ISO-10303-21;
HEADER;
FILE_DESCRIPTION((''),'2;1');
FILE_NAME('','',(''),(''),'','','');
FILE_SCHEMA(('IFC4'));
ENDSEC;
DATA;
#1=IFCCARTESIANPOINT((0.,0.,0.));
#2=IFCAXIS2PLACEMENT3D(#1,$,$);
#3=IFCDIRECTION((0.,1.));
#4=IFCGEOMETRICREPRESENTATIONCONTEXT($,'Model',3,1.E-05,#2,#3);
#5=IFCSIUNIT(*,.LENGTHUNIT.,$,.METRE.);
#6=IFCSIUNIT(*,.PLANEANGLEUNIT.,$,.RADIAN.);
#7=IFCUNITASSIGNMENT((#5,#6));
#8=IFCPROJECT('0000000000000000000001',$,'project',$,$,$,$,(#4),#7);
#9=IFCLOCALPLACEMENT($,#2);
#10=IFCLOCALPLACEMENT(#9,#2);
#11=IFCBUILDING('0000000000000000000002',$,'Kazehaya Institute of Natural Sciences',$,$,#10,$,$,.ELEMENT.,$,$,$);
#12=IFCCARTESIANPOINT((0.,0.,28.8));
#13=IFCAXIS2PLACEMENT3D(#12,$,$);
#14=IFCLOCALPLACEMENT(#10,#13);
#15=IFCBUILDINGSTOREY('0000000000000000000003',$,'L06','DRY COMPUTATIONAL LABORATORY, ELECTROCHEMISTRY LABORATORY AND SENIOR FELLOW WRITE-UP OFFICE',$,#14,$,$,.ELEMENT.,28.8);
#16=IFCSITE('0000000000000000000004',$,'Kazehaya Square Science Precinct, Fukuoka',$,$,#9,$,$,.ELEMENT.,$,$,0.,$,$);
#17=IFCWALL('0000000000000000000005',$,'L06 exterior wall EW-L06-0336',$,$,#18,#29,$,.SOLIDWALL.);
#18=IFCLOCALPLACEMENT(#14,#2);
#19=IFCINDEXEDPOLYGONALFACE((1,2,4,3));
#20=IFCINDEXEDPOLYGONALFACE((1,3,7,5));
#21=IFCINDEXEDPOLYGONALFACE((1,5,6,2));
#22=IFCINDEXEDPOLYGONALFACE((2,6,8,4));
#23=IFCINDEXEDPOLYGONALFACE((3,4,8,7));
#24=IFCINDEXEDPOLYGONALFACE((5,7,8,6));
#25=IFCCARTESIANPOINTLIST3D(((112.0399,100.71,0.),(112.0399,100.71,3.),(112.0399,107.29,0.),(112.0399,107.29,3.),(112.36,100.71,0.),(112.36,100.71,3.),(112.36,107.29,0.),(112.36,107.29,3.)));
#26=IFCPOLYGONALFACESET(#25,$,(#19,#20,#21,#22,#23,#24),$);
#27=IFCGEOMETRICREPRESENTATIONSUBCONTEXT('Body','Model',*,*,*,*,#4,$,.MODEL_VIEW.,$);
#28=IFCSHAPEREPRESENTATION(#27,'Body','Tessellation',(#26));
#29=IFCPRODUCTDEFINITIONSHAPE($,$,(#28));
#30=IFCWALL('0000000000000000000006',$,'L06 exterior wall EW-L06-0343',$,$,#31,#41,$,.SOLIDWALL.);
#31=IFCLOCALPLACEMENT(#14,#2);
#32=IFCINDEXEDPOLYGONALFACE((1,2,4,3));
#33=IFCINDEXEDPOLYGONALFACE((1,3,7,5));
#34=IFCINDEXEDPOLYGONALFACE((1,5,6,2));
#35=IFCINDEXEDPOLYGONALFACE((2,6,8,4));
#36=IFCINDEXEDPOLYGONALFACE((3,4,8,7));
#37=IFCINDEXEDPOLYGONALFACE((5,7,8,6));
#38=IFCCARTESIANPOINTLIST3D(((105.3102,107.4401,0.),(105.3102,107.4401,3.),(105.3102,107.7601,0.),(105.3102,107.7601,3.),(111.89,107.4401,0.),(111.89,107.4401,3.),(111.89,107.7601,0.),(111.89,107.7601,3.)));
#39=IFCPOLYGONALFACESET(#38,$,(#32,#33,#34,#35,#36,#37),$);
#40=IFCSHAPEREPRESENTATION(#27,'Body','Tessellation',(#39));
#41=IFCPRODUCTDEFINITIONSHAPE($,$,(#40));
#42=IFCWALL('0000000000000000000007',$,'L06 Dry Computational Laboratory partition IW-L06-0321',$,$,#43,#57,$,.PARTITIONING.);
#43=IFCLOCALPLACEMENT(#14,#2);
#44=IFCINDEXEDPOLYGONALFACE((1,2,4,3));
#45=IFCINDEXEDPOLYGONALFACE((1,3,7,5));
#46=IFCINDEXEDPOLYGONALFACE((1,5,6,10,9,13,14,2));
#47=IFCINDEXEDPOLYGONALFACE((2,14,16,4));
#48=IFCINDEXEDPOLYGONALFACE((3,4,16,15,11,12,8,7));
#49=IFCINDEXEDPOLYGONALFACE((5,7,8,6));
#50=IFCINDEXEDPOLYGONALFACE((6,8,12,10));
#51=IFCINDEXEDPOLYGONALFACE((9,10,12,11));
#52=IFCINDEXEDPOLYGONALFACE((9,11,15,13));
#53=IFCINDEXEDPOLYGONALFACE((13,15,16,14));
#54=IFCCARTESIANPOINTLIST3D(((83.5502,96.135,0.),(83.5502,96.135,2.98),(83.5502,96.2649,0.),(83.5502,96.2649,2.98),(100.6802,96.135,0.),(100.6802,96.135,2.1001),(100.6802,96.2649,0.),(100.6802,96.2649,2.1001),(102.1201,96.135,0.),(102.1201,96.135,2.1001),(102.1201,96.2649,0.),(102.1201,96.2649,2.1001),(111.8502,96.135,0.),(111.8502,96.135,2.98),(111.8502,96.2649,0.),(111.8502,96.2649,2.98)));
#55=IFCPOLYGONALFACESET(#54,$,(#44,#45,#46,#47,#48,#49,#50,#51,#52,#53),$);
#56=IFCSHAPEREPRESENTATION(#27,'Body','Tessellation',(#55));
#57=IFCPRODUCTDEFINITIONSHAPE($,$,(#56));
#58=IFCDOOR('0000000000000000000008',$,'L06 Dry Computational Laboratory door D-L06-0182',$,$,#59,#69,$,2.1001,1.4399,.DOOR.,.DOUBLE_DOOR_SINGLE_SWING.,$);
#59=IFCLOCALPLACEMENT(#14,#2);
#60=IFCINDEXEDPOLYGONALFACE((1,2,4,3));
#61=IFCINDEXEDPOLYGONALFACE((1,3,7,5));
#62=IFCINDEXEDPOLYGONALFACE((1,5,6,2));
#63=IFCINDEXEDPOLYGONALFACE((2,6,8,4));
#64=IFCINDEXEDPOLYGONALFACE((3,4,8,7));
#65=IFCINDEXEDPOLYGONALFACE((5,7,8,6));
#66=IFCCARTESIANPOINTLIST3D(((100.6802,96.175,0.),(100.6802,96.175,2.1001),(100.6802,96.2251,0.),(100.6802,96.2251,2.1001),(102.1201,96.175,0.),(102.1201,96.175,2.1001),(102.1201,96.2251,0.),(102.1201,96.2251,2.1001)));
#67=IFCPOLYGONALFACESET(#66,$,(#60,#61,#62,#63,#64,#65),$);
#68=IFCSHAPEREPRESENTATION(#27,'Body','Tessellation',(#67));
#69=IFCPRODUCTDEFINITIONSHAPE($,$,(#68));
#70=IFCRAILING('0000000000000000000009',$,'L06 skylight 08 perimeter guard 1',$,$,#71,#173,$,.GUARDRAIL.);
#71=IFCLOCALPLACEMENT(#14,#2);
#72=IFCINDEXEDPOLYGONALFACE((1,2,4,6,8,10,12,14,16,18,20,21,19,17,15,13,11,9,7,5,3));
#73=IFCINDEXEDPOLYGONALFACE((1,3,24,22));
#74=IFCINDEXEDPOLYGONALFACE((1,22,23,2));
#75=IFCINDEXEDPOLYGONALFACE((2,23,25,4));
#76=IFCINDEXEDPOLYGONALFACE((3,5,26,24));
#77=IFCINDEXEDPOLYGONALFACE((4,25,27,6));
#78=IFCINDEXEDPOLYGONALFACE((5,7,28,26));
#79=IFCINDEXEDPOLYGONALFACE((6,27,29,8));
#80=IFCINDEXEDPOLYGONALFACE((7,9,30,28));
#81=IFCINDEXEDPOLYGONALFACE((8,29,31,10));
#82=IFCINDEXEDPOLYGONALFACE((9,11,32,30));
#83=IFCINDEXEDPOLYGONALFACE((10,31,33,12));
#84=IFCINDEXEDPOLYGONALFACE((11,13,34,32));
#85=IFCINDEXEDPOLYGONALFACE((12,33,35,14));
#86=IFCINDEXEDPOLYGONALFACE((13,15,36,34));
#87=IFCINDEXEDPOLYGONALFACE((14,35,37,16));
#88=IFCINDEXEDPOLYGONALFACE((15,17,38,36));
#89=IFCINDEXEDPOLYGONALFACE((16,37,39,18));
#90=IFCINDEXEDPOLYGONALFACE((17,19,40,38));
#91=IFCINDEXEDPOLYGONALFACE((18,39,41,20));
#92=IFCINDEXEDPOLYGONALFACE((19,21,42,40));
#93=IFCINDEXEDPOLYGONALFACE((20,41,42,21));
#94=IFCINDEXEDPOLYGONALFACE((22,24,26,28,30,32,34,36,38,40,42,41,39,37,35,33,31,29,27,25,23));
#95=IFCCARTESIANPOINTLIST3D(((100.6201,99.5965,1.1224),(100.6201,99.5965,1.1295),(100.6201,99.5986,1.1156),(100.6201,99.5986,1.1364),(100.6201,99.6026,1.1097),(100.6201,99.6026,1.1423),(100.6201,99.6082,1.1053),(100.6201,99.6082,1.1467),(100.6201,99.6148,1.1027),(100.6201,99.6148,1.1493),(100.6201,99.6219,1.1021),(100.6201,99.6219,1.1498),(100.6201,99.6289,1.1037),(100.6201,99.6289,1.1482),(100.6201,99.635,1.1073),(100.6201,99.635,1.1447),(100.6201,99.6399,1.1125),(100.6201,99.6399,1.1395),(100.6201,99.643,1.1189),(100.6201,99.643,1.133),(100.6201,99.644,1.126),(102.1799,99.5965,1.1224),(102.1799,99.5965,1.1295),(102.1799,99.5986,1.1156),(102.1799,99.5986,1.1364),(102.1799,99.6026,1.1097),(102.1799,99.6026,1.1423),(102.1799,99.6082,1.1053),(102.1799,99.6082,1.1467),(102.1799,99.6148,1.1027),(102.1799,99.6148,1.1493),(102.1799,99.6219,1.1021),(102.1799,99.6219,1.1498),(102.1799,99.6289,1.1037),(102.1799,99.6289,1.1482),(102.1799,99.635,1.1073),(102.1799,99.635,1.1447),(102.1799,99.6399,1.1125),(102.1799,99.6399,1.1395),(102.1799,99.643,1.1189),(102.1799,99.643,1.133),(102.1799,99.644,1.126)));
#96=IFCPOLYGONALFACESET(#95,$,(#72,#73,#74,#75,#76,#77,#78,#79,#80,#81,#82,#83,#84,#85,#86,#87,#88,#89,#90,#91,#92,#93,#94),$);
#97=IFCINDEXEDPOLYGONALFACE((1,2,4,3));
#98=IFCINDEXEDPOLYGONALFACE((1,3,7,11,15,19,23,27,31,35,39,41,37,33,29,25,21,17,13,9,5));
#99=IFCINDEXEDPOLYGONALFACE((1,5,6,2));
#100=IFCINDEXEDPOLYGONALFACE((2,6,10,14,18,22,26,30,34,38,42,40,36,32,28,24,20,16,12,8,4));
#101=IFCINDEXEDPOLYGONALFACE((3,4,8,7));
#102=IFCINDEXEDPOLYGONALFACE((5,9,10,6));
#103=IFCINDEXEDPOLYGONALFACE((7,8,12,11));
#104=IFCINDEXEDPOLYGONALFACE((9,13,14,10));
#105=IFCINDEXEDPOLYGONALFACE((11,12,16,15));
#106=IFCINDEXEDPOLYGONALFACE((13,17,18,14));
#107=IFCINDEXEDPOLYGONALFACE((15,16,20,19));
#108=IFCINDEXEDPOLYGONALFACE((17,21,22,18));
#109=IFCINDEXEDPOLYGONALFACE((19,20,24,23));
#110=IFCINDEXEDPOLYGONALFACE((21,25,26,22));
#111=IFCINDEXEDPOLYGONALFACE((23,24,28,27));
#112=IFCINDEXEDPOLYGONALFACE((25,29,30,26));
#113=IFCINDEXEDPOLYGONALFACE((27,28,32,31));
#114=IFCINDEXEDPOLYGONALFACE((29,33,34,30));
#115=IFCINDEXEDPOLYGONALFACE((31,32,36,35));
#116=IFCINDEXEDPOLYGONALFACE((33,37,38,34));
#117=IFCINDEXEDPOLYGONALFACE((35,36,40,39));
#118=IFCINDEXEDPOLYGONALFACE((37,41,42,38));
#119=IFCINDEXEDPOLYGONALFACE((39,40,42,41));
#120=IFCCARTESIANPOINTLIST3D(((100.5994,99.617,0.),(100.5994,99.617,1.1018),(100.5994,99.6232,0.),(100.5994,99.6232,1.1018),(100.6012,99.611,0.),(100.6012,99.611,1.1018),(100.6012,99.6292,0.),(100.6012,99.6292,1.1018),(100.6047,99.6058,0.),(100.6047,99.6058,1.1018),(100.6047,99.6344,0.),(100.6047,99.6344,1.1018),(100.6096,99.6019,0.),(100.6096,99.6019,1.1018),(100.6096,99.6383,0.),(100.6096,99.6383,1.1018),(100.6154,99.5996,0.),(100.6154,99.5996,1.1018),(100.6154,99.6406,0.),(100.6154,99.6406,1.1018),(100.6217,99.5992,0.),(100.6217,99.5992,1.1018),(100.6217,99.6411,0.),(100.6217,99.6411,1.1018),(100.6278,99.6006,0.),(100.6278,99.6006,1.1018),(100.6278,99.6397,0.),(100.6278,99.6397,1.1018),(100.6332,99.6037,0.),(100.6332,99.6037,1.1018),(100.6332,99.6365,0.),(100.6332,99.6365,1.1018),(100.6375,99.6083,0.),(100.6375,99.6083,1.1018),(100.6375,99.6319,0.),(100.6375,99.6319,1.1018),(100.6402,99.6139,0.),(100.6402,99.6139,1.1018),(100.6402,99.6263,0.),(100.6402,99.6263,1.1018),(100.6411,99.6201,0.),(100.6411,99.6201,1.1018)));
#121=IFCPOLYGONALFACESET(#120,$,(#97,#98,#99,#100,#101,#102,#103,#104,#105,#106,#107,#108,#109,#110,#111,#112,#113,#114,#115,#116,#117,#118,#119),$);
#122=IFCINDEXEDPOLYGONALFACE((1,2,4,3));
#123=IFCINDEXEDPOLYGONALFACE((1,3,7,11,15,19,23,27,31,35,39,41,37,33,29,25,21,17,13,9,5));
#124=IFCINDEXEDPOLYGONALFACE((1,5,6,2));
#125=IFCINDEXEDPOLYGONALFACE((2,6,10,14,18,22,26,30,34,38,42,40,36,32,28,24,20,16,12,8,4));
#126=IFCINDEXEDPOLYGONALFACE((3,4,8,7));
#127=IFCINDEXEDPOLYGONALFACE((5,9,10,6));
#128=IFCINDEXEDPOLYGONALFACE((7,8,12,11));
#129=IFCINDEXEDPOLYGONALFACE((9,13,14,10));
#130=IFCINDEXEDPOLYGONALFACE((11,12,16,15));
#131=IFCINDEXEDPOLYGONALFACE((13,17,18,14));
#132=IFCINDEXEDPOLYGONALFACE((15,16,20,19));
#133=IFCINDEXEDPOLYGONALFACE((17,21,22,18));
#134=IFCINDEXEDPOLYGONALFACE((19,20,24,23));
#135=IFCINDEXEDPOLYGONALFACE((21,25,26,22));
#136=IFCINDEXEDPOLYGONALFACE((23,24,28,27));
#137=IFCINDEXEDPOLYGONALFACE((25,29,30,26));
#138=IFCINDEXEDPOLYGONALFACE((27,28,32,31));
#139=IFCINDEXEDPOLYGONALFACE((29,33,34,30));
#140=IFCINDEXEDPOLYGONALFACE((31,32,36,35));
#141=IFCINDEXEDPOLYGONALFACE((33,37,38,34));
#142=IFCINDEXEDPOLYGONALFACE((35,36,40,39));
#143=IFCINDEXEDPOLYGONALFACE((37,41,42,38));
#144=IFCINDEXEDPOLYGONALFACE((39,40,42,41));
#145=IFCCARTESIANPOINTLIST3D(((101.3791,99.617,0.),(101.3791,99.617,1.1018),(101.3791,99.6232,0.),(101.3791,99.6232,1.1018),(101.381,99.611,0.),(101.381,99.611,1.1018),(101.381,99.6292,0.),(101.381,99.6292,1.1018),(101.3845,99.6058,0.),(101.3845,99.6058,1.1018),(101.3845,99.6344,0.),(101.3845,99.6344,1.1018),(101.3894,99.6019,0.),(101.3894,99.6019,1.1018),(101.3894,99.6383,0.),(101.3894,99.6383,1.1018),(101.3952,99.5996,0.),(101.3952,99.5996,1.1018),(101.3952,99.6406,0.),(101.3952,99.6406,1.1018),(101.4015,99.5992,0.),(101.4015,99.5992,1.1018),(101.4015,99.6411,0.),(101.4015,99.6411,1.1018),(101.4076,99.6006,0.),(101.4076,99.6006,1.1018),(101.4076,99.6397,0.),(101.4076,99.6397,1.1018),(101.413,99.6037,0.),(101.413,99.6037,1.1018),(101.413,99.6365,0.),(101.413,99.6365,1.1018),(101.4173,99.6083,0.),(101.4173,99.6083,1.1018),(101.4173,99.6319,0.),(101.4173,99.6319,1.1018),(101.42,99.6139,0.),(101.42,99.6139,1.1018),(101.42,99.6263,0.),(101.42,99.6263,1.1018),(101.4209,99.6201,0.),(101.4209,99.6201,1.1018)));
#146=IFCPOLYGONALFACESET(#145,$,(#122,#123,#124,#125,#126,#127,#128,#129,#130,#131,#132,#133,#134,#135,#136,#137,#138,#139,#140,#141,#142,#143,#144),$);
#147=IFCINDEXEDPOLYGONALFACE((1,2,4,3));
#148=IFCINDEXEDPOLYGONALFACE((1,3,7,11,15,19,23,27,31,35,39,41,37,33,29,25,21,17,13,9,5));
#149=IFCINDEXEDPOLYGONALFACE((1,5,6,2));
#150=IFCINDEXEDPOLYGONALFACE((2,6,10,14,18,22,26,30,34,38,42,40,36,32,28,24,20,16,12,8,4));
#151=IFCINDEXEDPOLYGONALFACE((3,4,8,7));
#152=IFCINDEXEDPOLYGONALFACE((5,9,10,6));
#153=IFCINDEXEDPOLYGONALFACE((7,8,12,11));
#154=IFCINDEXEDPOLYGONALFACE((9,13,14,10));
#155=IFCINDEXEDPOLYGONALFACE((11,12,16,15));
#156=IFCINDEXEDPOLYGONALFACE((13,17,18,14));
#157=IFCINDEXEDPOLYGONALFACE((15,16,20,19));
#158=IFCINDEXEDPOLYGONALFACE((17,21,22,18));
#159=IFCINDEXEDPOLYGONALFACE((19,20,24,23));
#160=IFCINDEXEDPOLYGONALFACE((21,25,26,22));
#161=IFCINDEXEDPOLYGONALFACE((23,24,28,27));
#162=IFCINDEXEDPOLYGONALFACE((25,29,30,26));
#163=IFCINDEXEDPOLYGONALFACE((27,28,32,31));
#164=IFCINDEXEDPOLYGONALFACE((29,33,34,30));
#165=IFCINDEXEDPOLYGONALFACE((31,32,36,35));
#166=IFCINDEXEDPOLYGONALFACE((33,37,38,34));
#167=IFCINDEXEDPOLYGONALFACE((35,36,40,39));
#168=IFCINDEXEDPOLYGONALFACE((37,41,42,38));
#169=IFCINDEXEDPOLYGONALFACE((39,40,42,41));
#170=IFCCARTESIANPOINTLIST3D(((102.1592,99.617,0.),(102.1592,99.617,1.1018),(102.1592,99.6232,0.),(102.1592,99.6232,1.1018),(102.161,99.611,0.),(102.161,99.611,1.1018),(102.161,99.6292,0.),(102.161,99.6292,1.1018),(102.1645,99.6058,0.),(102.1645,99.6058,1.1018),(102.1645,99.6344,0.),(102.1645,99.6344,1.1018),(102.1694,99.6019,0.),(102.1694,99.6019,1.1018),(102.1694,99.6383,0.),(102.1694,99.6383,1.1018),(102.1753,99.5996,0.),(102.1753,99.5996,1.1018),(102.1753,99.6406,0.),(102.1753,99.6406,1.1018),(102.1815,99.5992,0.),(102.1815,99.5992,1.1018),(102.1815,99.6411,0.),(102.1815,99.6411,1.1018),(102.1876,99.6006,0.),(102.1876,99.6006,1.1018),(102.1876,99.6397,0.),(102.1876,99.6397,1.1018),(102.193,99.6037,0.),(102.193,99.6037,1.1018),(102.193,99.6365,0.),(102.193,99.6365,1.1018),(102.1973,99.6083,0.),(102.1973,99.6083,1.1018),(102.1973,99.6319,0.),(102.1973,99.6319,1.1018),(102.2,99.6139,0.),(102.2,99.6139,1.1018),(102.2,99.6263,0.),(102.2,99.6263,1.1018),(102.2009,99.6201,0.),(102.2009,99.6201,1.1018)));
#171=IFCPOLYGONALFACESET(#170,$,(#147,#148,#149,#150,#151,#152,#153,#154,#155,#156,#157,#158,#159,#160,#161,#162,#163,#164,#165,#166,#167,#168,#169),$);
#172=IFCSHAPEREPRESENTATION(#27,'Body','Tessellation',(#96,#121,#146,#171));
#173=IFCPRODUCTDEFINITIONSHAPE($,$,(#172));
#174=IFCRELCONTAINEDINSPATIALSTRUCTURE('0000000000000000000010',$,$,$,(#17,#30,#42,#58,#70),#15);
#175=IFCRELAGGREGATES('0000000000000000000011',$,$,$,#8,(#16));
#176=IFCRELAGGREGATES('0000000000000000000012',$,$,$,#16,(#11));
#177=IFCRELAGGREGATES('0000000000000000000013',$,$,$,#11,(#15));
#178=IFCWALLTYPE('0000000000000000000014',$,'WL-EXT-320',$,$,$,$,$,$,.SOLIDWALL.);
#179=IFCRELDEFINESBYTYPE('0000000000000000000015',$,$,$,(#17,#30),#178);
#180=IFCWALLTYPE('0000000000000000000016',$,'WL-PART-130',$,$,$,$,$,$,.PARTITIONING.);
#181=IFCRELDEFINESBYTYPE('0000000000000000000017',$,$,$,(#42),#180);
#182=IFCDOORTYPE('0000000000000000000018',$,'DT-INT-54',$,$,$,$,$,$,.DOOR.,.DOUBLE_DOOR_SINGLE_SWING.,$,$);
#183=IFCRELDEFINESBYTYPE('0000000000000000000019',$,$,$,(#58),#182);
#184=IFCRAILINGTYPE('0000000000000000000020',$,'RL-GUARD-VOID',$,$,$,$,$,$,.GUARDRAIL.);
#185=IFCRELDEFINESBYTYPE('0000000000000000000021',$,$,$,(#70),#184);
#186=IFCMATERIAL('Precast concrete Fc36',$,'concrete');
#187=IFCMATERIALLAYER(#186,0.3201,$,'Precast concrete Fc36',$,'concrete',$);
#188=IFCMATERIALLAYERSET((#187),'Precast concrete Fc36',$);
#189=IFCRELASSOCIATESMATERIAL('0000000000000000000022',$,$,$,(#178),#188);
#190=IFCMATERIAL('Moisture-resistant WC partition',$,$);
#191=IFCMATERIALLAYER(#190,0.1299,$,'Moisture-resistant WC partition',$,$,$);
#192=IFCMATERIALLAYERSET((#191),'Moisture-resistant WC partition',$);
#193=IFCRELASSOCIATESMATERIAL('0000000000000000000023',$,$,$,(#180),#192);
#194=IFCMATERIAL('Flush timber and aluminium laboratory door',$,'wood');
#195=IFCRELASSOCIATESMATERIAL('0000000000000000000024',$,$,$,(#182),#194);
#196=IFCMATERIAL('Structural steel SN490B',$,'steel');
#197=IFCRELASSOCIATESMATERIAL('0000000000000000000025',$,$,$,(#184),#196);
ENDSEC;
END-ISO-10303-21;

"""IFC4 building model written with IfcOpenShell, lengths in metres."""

from ifc_helpers import new_model, si_unit, direction, frame, frame_2d, origin, origin_2d, place, context, subcontext, project, spatial, rectangle, circle, extrude, material, layer, layer_set, type_object, element, fill, save


model = new_model("IFC4")

# Units and contexts
model_context = context("Model", 3, precision=1e-05, world=origin(), true_north=direction((0.0, 1.0)))
body_context = subcontext(model_context, "Body", "Model", "MODEL_VIEW")
ifc_project = project(units=[si_unit("LENGTHUNIT", "METRE"), si_unit("PLANEANGLEUNIT", "RADIAN")], contexts=[model_context])

# Site, building, storey
site_placement = place(None, origin())
site = spatial("IfcSite", under=ifc_project, at=site_placement, Name="Kazehaya Square Science Precinct, Fukuoka", CompositionType="ELEMENT", RefElevation=0.0)
building_placement = place(site_placement, origin())
building = spatial("IfcBuilding", under=site, at=building_placement, Name="Kazehaya Institute of Natural Sciences", CompositionType="ELEMENT")
storey_placement = place(building_placement, frame((0.0, 0.0, 28.8)))
storey = spatial("IfcBuildingStorey", under=building, at=storey_placement, Name="L06", Description="DRY COMPUTATIONAL LABORATORY, ELECTROCHEMISTRY LABORATORY AND SENIOR FELLOW WRITE-UP OFFICE", CompositionType="ELEMENT", Elevation=28.8)

# Walls
ifc_material_1 = material(Name="Precast concrete Fc36", Category="concrete")
ifc_layer_1 = layer(ifc_material_1, 0.3201, Name="Precast concrete Fc36", Category="concrete")
ifc_layer_set_1 = layer_set([ifc_layer_1], Name="Precast concrete Fc36")
wall_type_1 = type_object("IfcWallType", Name="WL-EXT-320", PredefinedType="SOLIDWALL", material=ifc_layer_set_1)
for number, where, z_axis, x_axis, name in (
    (1, (112.2, 107.29, 0.0), (0.0, 0.0, 1.0), (0.0, -1.0, 0.0), "L06 exterior wall EW-L06-0336"),
):
    element("IfcWall", number, at=place(storey_placement, frame(where, z_axis=z_axis, x_axis=x_axis)), inside=storey, type_object=wall_type_1, Name=name, PredefinedType="SOLIDWALL", context=body_context, shape_type="SweptSolid", body=[
        extrude(rectangle(XDim=6.5801, YDim=0.3201, at=frame_2d((3.29, 0.0))), origin(), (0.0, 0.0, 1.0), 3.0),
    ])
wall_1_placement = place(storey_placement, frame((105.3101, 107.6001, 0.0), z_axis=(0.0, 0.0, 1.0), x_axis=(1.0, 0.0, 0.0)))
element("IfcWall", 2, at=wall_1_placement, inside=storey, type_object=wall_type_1, Name="L06 exterior wall EW-L06-0343", PredefinedType="SOLIDWALL", context=body_context, shape_type="SweptSolid", body=[
    extrude(rectangle(XDim=6.5798, YDim=0.3201, at=frame_2d((3.29, 0.0))), origin(), (0.0, 0.0, 1.0), 3.0),
])

# Wall, opening, door
ifc_material_2 = material(Name="Moisture-resistant WC partition")
ifc_layer_2 = layer(ifc_material_2, 0.1299, Name="Moisture-resistant WC partition")
ifc_layer_set_2 = layer_set([ifc_layer_2], Name="Moisture-resistant WC partition")
wall_type_2 = type_object("IfcWallType", Name="WL-PART-130", PredefinedType="PARTITIONING", material=ifc_layer_set_2)
wall_2_placement = place(storey_placement, frame((111.8501, 96.2, 0.0), z_axis=(0.0, 0.0, 1.0), x_axis=(-1.0, 0.0, 0.0)))
wall_2 = element("IfcWall", 3, at=wall_2_placement, inside=storey, type_object=wall_type_2, Name="L06 Dry Computational Laboratory partition IW-L06-0321", PredefinedType="PARTITIONING", context=body_context, shape_type="SweptSolid", body=[
    extrude(rectangle(XDim=28.3, YDim=0.1299, at=frame_2d((14.1499, 0.0))), origin(), (0.0, 0.0, 1.0), 2.98),
])
opening_placement = place(wall_2_placement, frame((9.73, 0.0, 0.0)))
opening = element("IfcOpeningElement", 4, at=opening_placement, cuts=wall_2, PredefinedType="OPENING", context=body_context, shape_type="SweptSolid", body=[
    extrude(rectangle(XDim=1.4399, YDim=2.1001, at=frame_2d((0.72, 1.05))), frame((0.0, 0.075, 0.0), z_axis=(0.0, -1.0, 0.0), x_axis=(1.0, 0.0, 0.0)), (0.0, 0.0, 1.0), 0.1499),
])
ifc_material_3 = material(Name="Flush timber and aluminium laboratory door", Category="wood")
door_type = type_object("IfcDoorType", Name="DT-INT-54", OperationType="DOUBLE_DOOR_SINGLE_SWING", PredefinedType="DOOR", material=ifc_material_3)
door_placement = place(opening_placement, origin())
door = element("IfcDoor", 5, at=door_placement, inside=storey, type_object=door_type, Name="L06 Dry Computational Laboratory door D-L06-0182", OperationType="DOUBLE_DOOR_SINGLE_SWING", OverallHeight=2.1001, OverallWidth=1.4399, PredefinedType="DOOR", context=body_context, shape_type="SweptSolid", body=[
    extrude(rectangle(XDim=1.4399, YDim=2.1001, at=frame_2d((0.72, 1.05))), frame((0.0, 0.0249, 0.0), z_axis=(0.0, -1.0, 0.0), x_axis=(1.0, 0.0, 0.0)), (0.0, 0.0, 1.0), 0.05),
])
fill(opening, door)

# Railing
ifc_material_4 = material(Name="Structural steel SN490B", Category="steel")
railing_type = type_object("IfcRailingType", Name="RL-GUARD-VOID", PredefinedType="GUARDRAIL", material=ifc_material_4)
railing_1_placement = place(storey_placement, frame((100.6201, 99.6201, 0.0)))
element("IfcRailing", 6, at=railing_1_placement, inside=storey, type_object=railing_type, Name="L06 skylight 08 perimeter guard 1", PredefinedType="GUARDRAIL", context=body_context, shape_type="SweptSolid", body=[
    extrude(circle(Radius=0.0239, at=origin_2d()), frame((0.0, 0.0, 1.126), z_axis=(1.0, 0.0, 0.0), x_axis=(0.0, 1.0, 0.0)), (0.0, 0.0, 1.0), 1.5598),
    extrude(circle(Radius=0.021, at=origin_2d()), origin(), (0.0, 0.0, 1.0), 1.1018),
    extrude(circle(Radius=0.021, at=origin_2d()), frame((0.7798, 0.0, 0.0)), (0.0, 0.0, 1.0), 1.1018),
    extrude(circle(Radius=0.021, at=origin_2d()), frame((1.5598, 0.0, 0.0)), (0.0, 0.0, 1.0), 1.1018),
])

save(model, "model.ifc")
